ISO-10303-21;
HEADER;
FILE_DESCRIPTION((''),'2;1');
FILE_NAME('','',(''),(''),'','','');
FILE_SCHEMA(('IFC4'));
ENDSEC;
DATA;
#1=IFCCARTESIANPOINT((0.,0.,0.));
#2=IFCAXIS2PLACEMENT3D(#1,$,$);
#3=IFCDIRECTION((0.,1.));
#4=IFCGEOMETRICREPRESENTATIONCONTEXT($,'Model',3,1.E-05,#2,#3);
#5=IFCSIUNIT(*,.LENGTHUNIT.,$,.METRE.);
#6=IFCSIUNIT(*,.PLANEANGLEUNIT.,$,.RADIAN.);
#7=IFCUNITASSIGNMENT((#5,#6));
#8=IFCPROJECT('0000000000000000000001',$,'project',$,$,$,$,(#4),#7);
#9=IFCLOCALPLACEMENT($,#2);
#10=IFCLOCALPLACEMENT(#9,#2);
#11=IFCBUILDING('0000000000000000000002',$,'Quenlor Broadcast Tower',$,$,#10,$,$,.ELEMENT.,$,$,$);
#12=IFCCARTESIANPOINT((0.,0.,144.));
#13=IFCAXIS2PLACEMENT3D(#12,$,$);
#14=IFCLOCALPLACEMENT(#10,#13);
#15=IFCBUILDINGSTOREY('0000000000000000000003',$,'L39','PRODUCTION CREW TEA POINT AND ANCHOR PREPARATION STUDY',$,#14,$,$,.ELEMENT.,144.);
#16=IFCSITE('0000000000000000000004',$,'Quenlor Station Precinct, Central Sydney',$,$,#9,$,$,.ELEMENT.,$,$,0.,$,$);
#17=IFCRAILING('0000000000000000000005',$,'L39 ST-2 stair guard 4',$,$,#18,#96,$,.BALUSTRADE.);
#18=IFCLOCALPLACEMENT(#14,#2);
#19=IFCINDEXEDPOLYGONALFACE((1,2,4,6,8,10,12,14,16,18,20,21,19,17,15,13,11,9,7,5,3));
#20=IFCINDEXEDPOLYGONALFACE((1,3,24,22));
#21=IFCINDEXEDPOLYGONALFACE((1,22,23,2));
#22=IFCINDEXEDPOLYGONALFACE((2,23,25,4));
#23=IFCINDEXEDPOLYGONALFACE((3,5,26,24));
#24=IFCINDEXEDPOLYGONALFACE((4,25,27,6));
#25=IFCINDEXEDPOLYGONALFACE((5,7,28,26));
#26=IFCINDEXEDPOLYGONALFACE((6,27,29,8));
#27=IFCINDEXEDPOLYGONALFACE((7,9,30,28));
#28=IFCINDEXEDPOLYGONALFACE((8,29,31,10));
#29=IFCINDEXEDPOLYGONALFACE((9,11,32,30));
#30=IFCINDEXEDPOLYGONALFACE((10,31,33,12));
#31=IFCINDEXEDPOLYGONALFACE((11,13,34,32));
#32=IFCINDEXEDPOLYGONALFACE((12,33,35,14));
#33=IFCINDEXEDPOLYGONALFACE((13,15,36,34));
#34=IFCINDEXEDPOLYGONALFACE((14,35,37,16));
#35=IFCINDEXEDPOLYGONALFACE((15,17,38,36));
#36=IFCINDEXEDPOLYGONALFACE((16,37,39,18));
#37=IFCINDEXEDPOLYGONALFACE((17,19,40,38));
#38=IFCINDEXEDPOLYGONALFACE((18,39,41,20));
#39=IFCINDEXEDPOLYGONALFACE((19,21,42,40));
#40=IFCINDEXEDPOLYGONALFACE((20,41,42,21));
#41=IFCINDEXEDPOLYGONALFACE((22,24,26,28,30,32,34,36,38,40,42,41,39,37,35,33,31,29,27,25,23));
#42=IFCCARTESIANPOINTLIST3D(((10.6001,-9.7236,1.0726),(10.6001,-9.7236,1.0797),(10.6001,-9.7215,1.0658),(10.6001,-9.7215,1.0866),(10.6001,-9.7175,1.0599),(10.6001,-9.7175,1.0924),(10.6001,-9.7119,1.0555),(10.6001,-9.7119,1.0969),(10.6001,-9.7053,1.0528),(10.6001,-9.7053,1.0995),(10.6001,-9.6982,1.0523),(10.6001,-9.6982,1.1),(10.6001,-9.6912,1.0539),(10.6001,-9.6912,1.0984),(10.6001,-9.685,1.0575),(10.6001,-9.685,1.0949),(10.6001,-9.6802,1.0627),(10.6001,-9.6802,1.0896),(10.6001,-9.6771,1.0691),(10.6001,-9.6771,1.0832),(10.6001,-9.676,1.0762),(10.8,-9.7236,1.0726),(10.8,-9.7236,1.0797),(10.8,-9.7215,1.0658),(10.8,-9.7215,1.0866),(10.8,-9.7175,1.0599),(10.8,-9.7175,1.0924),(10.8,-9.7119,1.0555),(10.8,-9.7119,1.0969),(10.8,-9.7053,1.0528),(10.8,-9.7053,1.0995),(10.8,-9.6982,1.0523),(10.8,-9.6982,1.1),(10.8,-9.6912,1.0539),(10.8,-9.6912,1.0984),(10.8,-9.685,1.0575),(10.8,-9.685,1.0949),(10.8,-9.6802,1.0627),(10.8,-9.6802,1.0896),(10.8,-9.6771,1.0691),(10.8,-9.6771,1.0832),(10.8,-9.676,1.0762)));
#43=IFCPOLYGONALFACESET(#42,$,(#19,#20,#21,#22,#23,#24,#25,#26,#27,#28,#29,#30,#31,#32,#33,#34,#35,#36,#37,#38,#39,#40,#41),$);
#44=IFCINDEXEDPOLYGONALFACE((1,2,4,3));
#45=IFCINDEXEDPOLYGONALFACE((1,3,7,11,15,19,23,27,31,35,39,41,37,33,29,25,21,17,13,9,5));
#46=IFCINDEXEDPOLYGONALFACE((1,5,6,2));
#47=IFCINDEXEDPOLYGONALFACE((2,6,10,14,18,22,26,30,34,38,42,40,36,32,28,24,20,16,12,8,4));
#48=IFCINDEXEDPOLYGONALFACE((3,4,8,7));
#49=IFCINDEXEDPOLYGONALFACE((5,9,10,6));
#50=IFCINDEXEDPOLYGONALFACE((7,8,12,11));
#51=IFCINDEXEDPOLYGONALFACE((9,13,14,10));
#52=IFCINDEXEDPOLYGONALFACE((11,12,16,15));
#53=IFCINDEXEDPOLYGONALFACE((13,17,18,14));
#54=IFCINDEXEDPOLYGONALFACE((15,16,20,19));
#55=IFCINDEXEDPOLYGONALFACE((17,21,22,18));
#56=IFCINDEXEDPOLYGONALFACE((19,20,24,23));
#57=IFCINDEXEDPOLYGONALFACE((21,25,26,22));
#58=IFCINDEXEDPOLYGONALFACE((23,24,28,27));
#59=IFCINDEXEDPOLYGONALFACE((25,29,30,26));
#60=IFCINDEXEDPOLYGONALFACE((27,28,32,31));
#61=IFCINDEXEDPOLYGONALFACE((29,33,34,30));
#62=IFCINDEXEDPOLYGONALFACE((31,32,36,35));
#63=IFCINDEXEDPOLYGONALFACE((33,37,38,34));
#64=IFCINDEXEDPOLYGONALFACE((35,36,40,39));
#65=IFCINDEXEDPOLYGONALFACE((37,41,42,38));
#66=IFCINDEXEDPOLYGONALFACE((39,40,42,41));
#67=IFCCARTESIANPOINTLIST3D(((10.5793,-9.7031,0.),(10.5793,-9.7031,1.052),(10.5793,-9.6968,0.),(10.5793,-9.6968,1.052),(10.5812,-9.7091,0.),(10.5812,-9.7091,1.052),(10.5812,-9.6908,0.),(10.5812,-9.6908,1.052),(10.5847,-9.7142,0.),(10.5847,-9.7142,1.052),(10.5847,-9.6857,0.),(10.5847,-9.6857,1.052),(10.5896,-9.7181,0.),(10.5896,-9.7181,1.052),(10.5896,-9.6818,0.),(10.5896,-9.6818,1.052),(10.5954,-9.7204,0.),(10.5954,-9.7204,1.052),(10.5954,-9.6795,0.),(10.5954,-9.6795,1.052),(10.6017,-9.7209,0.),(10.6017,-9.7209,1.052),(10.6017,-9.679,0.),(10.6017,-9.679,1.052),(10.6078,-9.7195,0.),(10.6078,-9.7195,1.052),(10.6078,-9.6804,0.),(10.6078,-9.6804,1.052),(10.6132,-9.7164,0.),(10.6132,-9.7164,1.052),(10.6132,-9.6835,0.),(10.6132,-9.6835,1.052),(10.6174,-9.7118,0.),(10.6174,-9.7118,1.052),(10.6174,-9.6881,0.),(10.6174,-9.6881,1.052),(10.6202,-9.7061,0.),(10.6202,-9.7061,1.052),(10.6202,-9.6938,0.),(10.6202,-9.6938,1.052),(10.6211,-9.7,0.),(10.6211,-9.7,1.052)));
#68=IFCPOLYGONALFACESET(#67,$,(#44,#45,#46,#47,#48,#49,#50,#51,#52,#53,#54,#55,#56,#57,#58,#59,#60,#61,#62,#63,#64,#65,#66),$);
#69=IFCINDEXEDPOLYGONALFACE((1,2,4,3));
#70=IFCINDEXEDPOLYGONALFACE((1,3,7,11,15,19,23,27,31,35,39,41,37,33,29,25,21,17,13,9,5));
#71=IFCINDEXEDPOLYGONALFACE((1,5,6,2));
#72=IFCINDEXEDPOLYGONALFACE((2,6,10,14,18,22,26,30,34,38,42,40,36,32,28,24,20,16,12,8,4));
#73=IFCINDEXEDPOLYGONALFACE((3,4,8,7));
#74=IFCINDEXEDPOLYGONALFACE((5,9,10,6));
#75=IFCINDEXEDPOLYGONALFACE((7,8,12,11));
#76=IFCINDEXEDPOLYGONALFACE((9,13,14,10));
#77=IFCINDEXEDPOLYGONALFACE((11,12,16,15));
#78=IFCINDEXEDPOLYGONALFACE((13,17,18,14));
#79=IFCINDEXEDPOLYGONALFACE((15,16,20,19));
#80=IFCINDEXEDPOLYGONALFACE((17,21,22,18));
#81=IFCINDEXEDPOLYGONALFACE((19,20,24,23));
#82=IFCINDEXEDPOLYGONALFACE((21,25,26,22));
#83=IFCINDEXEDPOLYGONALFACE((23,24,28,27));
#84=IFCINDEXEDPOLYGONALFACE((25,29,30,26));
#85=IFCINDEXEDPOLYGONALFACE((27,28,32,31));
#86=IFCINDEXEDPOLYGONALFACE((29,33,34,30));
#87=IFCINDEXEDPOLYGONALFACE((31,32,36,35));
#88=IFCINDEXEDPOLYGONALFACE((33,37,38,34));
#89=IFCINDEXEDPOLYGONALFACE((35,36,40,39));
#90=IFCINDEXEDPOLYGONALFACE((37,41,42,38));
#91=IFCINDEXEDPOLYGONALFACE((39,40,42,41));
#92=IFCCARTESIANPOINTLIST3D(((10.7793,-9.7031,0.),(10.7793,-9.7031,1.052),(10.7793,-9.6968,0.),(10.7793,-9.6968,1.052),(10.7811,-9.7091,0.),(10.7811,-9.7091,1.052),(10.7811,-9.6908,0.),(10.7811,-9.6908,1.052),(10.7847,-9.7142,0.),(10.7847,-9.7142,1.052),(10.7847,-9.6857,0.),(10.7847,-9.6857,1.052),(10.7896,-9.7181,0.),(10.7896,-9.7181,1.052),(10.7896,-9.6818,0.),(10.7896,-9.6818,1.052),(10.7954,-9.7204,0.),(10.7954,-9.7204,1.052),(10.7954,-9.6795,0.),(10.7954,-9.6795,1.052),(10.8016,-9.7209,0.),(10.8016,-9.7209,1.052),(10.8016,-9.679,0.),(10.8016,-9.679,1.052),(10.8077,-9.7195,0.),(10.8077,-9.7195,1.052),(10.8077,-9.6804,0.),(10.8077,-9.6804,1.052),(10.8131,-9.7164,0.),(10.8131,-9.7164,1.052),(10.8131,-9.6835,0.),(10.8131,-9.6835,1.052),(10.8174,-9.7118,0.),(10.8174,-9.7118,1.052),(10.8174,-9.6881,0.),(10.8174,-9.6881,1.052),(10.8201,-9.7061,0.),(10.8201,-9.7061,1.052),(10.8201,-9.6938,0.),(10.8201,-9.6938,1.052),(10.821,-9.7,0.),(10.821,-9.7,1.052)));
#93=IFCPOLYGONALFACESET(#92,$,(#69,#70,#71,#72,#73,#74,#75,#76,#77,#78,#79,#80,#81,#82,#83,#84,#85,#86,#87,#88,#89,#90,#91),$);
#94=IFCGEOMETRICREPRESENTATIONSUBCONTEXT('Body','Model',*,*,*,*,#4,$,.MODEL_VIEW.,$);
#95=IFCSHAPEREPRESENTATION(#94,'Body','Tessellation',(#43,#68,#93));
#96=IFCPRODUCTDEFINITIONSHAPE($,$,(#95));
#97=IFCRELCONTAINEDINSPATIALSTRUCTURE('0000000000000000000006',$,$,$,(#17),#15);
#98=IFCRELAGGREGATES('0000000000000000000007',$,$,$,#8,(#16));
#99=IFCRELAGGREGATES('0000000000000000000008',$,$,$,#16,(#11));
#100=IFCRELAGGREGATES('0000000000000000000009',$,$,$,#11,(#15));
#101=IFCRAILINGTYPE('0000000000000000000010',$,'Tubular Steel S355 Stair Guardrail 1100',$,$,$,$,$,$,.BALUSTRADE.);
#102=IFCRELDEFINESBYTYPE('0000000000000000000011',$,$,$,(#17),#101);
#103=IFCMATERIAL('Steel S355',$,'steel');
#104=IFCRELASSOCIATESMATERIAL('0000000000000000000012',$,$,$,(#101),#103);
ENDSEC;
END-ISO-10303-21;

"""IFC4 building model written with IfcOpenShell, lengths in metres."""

from ifc_helpers import new_model, si_unit, direction, frame, origin, origin_2d, place, context, subcontext, project, spatial, circle, extrude, material, type_object, element, save


model = new_model("IFC4")

# Units and contexts
model_context = context("Model", 3, precision=1e-05, world=origin(), true_north=direction((0.0, 1.0)))
body_context = subcontext(model_context, "Body", "Model", "MODEL_VIEW")
ifc_project = project(units=[si_unit("LENGTHUNIT", "METRE"), si_unit("PLANEANGLEUNIT", "RADIAN")], contexts=[model_context])

# Site, building, storey
site_placement = place(None, origin())
site = spatial("IfcSite", under=ifc_project, at=site_placement, Name="Quenlor Station Precinct, Central Sydney", CompositionType="ELEMENT", RefElevation=0.0)
building_placement = place(site_placement, origin())
building = spatial("IfcBuilding", under=site, at=building_placement, Name="Quenlor Broadcast Tower", CompositionType="ELEMENT")
storey_placement = place(building_placement, frame((0.0, 0.0, 144.0)))
storey = spatial("IfcBuildingStorey", under=building, at=storey_placement, Name="L39", Description="PRODUCTION CREW TEA POINT AND ANCHOR PREPARATION STUDY", CompositionType="ELEMENT", Elevation=144.0)

# Railing
ifc_material_1 = material(Name="Steel S355", Category="steel")
railing_type_1 = type_object("IfcRailingType", Name="Tubular Steel S355 Stair Guardrail 1100", PredefinedType="BALUSTRADE", material=ifc_material_1)
railing_1_placement = place(storey_placement, frame((10.6001, -9.7, 0.0)))
element("IfcRailing", 1, at=railing_1_placement, inside=storey, type_object=railing_type_1, Name="L39 ST-2 stair guard 4", PredefinedType="BALUSTRADE", context=body_context, shape_type="SweptSolid", body=[
    extrude(circle(Radius=0.0239, at=origin_2d()), frame((0.0, 0.0, 1.0762), z_axis=(1.0, 0.0, 0.0), x_axis=(0.0, 1.0, 0.0)), (0.0, 0.0, 1.0), 0.2),
    extrude(circle(Radius=0.021, at=origin_2d()), origin(), (0.0, 0.0, 1.0), 1.052),
    extrude(circle(Radius=0.021, at=origin_2d()), frame((0.2, 0.0, 0.0)), (0.0, 0.0, 1.0), 1.052),
])

save(model, "model.ifc")
